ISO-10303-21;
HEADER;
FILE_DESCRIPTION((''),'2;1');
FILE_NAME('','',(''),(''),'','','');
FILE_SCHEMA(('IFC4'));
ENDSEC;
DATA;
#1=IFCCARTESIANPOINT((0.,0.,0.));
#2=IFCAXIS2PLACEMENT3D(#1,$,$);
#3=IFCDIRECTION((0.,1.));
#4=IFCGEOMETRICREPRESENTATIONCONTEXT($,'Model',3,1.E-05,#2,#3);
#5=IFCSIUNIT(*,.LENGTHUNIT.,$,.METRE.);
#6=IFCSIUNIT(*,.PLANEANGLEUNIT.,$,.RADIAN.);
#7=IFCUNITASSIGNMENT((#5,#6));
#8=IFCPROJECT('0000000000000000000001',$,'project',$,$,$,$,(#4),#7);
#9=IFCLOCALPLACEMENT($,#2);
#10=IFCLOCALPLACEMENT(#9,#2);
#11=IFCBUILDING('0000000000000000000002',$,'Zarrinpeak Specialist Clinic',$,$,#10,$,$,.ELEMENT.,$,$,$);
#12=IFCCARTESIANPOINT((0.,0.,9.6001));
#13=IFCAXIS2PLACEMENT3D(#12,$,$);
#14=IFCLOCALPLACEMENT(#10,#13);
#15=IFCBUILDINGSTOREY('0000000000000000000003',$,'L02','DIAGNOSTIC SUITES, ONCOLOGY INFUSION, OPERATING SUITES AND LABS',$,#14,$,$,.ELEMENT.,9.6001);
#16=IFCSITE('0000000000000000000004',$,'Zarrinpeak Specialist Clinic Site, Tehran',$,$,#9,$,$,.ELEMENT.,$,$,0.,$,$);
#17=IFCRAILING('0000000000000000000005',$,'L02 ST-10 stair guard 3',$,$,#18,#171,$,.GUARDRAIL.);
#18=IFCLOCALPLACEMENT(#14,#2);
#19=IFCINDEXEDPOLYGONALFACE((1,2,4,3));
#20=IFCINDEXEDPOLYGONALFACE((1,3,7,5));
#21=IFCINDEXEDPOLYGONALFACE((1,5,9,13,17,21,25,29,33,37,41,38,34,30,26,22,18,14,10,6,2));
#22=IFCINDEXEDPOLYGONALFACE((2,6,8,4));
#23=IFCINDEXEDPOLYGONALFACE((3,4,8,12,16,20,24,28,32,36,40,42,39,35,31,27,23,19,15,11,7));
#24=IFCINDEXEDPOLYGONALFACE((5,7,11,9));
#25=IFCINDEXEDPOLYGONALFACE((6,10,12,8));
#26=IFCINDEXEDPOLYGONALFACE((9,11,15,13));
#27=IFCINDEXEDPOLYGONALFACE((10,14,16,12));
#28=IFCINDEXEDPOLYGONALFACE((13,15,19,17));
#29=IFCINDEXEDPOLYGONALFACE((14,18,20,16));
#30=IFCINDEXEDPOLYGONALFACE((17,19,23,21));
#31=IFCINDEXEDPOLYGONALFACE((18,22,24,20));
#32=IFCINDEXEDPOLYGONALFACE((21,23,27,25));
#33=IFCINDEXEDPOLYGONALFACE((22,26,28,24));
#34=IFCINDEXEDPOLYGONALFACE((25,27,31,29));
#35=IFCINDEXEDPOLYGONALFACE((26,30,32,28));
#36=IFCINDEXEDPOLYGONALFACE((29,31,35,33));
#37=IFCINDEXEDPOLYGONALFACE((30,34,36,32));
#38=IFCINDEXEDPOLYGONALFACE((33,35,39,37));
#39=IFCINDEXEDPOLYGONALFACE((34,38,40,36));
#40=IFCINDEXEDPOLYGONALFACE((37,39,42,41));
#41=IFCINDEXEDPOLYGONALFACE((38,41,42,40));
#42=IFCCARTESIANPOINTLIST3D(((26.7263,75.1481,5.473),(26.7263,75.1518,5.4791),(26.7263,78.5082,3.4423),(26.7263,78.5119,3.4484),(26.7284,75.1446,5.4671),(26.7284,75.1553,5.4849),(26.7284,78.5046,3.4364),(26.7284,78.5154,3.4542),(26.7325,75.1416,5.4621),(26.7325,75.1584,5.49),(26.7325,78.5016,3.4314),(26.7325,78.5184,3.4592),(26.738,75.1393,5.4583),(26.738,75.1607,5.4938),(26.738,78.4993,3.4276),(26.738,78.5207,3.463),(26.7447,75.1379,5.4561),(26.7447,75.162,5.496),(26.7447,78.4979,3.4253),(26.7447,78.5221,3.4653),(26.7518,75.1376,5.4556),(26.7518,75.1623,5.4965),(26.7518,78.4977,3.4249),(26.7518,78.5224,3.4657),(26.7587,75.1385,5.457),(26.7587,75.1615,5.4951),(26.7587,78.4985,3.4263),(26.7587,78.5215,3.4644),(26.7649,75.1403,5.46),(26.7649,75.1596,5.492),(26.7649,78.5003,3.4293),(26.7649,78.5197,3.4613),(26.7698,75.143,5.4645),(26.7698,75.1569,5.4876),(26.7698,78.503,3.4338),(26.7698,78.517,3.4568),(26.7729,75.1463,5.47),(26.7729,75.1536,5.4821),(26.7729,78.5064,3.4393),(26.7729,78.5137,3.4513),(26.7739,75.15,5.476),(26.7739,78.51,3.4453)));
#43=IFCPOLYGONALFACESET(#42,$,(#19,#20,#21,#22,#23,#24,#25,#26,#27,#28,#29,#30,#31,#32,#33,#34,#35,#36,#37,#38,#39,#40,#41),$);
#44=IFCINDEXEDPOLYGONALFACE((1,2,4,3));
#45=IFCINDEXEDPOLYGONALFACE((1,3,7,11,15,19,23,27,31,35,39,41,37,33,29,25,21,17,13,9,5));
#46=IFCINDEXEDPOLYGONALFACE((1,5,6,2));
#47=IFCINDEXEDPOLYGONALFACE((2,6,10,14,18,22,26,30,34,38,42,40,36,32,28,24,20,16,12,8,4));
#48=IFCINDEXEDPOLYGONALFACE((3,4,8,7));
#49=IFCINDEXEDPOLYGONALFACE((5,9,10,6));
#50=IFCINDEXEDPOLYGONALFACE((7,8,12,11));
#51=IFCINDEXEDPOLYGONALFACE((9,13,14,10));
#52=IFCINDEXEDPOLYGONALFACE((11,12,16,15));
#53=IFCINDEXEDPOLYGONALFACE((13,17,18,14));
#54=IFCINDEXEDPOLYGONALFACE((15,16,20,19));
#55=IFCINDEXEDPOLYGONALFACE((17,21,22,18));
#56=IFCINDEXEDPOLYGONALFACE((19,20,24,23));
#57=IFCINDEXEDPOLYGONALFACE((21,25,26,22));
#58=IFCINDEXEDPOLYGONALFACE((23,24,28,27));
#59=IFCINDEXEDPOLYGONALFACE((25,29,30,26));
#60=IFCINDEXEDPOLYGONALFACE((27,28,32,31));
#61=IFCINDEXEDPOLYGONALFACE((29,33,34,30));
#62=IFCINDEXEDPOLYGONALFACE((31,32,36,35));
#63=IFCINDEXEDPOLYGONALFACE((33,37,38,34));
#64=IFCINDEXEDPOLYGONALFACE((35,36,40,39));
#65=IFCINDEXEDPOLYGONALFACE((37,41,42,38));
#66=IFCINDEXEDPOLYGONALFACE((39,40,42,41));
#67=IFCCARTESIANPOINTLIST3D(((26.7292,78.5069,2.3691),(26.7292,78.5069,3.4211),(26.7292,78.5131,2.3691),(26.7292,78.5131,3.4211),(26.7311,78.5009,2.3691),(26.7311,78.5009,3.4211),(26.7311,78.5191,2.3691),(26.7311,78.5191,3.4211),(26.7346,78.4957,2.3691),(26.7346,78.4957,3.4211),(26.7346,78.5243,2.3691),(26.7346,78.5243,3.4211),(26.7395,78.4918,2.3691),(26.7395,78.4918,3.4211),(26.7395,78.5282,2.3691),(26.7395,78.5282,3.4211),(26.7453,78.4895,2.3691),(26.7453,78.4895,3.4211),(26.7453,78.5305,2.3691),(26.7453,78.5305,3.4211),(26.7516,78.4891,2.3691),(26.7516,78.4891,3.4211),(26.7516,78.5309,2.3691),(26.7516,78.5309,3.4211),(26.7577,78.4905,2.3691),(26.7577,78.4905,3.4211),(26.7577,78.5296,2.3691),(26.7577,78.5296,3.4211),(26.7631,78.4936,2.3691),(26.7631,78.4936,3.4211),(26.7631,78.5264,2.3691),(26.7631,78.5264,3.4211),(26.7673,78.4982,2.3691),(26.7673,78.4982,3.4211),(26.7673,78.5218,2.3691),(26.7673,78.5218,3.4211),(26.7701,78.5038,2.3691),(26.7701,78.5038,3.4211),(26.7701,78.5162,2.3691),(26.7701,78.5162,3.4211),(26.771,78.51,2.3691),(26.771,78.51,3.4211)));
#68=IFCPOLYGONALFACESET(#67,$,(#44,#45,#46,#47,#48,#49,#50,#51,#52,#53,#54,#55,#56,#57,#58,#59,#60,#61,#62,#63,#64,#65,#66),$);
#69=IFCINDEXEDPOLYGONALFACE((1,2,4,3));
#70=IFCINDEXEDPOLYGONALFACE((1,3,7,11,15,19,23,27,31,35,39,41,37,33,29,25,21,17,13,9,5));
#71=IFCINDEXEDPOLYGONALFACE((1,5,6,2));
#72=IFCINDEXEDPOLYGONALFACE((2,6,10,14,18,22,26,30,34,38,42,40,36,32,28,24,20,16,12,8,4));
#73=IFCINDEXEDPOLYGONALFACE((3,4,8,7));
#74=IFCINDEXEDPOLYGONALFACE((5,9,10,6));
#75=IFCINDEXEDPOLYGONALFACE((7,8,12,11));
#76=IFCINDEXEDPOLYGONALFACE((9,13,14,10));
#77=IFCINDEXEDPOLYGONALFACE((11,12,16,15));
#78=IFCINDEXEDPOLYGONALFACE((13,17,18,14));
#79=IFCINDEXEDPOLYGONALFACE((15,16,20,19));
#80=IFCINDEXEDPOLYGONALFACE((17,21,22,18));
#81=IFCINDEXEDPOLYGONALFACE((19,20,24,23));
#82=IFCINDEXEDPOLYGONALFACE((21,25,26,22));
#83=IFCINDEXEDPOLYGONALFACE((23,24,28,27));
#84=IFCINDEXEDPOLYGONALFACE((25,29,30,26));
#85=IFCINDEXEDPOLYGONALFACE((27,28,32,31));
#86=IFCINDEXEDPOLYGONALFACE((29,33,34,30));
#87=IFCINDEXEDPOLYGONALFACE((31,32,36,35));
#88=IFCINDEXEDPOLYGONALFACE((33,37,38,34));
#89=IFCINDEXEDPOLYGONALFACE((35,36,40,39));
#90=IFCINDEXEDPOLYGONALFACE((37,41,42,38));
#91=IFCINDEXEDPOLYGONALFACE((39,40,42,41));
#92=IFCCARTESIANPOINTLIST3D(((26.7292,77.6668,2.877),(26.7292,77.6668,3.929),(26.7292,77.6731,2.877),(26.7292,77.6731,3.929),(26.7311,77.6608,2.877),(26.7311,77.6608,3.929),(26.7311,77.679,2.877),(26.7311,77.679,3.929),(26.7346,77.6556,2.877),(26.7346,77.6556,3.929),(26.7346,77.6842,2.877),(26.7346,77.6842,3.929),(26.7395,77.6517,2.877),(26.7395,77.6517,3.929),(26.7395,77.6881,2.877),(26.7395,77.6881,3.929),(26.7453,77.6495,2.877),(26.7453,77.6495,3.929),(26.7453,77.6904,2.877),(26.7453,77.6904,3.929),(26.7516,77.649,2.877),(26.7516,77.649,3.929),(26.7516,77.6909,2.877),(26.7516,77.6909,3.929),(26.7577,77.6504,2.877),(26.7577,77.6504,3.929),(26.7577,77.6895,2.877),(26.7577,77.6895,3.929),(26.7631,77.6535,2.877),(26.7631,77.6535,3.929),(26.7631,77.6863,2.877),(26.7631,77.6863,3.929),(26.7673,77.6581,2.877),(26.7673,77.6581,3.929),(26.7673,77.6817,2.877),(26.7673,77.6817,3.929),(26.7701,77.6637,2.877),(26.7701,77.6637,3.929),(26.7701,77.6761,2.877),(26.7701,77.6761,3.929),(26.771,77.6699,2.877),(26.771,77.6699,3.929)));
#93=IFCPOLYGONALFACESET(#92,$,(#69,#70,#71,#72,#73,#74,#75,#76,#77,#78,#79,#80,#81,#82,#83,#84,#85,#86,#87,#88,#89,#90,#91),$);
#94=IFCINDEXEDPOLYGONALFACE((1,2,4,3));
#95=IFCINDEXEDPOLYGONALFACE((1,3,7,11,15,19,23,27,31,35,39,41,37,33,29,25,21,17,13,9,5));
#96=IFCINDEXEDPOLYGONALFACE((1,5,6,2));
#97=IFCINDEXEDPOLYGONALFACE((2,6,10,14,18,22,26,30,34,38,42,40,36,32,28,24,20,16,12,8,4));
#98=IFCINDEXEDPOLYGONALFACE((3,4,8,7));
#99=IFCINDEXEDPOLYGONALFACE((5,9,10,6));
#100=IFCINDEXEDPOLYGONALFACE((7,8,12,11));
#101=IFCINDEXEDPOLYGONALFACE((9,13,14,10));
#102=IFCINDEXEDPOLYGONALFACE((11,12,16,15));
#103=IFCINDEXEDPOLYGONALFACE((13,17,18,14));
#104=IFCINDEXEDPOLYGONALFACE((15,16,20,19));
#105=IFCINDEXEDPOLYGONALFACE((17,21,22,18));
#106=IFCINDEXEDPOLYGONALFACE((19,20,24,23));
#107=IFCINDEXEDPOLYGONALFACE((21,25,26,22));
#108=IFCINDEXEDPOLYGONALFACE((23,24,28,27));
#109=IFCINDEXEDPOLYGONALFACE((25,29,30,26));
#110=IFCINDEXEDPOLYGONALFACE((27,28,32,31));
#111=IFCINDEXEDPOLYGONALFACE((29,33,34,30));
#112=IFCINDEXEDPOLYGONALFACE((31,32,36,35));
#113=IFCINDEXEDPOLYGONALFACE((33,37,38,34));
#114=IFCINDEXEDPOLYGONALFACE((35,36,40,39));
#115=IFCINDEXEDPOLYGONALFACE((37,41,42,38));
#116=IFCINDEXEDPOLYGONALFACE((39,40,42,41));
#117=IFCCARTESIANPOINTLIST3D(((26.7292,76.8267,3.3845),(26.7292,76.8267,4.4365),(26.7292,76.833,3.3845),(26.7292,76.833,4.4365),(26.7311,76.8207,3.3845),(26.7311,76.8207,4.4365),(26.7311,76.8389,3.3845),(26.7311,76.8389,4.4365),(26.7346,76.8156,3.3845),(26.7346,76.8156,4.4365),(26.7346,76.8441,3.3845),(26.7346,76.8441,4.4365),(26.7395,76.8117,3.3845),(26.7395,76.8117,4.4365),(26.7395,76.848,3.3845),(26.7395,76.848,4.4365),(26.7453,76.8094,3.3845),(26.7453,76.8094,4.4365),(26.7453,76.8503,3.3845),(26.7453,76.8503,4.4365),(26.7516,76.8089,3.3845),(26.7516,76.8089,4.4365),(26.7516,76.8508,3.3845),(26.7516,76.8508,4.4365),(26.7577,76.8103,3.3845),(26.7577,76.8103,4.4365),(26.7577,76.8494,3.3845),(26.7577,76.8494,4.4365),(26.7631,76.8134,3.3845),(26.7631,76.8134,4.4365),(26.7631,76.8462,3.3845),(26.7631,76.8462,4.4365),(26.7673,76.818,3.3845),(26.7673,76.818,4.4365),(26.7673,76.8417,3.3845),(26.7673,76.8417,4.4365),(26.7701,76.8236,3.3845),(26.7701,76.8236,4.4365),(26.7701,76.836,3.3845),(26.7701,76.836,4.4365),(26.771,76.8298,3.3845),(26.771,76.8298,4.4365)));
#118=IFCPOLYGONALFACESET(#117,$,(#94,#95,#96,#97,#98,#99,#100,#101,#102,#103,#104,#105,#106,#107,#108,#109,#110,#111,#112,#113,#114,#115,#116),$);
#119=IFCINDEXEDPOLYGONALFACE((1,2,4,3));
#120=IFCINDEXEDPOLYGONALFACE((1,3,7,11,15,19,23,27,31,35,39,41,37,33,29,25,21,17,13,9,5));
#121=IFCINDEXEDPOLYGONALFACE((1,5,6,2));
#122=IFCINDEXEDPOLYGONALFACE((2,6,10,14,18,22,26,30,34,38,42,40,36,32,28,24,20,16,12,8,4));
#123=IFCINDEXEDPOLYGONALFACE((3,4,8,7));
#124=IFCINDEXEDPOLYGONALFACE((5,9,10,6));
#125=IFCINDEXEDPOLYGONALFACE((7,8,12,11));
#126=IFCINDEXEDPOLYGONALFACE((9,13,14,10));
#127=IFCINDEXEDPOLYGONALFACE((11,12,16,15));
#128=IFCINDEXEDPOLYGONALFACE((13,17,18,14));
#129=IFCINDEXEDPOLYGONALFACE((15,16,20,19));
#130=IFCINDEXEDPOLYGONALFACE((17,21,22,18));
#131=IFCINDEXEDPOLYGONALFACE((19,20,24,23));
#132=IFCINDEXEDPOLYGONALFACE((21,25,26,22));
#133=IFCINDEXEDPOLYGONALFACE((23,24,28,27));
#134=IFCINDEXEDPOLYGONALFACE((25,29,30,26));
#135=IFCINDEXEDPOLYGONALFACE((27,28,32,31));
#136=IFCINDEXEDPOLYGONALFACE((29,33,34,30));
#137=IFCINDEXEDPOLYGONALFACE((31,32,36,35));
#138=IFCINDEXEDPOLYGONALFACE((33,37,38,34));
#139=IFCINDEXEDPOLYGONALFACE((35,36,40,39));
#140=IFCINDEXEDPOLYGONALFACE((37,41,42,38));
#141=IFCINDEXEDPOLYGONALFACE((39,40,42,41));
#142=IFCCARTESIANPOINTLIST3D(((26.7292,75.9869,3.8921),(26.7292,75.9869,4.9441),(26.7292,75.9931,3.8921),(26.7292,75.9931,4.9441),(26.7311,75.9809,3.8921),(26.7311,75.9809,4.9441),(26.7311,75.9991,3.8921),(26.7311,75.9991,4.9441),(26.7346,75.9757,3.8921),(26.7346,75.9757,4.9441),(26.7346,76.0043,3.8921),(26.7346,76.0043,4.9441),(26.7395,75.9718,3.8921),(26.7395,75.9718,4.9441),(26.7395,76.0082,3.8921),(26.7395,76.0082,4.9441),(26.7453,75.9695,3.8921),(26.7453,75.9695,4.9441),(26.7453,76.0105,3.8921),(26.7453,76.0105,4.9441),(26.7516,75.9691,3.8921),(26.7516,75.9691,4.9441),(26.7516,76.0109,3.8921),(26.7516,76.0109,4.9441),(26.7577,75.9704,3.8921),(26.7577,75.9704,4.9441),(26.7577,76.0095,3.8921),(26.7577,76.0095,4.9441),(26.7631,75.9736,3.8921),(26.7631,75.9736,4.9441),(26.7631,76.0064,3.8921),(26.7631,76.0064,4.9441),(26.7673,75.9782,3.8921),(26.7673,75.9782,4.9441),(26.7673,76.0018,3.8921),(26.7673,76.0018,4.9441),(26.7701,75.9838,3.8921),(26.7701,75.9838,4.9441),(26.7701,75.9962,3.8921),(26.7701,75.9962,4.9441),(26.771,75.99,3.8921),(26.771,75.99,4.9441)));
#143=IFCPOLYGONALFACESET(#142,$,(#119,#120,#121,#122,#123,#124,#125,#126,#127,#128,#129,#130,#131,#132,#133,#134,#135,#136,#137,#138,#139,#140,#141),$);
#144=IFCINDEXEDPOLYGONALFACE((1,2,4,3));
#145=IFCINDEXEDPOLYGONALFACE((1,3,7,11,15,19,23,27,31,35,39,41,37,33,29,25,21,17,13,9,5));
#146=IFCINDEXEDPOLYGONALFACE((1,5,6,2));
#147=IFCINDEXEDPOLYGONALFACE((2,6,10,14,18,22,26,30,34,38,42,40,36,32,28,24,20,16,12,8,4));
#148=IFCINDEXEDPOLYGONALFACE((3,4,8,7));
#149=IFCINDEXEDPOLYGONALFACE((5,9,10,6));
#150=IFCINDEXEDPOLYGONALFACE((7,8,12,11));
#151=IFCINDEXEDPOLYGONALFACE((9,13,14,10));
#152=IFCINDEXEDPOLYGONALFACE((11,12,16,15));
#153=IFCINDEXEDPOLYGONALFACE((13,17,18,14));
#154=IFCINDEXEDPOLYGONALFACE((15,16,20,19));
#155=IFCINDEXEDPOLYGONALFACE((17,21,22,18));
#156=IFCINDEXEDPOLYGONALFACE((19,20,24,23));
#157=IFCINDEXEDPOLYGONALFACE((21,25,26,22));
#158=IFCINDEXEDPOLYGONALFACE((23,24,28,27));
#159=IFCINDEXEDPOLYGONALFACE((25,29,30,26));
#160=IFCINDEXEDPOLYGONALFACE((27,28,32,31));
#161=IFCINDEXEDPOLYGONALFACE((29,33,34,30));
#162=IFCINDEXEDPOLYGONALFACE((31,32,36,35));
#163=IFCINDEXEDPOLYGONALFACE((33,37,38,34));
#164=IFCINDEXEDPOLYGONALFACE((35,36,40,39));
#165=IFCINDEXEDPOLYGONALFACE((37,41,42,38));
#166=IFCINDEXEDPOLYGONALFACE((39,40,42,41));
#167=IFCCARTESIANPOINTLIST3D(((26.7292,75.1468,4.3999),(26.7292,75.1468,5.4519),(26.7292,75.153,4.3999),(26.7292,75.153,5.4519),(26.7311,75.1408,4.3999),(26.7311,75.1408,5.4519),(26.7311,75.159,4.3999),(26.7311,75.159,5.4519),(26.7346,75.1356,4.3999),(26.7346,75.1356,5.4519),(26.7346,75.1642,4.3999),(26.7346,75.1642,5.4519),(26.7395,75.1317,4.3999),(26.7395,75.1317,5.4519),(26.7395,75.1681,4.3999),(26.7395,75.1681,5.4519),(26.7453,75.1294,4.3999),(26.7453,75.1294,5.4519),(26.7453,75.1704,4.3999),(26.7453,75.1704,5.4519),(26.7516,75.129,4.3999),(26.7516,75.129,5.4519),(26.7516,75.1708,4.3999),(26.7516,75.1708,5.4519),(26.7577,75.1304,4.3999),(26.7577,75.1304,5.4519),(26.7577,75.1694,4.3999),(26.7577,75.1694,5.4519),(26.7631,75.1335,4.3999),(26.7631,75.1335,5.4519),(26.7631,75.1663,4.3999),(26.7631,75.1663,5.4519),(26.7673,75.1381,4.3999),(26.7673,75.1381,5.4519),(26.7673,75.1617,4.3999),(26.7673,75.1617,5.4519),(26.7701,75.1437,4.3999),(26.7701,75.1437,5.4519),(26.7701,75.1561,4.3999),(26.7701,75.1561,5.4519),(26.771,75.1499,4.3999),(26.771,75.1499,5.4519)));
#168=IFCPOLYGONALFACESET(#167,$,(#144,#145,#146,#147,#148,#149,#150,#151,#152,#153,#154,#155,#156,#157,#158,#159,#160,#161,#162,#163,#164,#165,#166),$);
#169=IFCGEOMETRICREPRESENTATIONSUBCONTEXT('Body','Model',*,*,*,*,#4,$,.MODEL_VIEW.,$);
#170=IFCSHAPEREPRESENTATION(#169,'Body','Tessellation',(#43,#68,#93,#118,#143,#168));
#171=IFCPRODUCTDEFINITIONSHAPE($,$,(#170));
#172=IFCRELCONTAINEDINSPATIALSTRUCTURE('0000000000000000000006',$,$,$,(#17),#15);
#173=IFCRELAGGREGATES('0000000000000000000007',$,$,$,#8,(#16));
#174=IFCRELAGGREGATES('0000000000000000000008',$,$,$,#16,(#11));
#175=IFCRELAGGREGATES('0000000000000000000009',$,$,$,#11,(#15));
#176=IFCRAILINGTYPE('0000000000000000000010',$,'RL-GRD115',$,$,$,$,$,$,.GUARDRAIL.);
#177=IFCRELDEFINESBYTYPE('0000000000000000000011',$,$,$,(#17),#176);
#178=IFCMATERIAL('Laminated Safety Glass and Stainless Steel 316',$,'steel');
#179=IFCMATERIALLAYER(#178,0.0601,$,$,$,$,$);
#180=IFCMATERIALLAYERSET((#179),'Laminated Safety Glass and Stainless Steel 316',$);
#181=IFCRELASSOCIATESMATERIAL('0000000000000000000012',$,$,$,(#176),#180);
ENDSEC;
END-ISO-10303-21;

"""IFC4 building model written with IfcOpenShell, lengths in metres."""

from ifc_helpers import new_model, si_unit, direction, frame, origin, origin_2d, place, context, subcontext, project, spatial, circle, extrude, material, layer, layer_set, type_object, element, save


model = new_model("IFC4")

# Units and contexts
model_context = context("Model", 3, precision=1e-05, world=origin(), true_north=direction((0.0, 1.0)))
body_context = subcontext(model_context, "Body", "Model", "MODEL_VIEW")
ifc_project = project(units=[si_unit("LENGTHUNIT", "METRE"), si_unit("PLANEANGLEUNIT", "RADIAN")], contexts=[model_context])

# Site, building, storey
site_placement = place(None, origin())
site = spatial("IfcSite", under=ifc_project, at=site_placement, Name="Zarrinpeak Specialist Clinic Site, Tehran", CompositionType="ELEMENT", RefElevation=0.0)
building_placement = place(site_placement, origin())
building = spatial("IfcBuilding", under=site, at=building_placement, Name="Zarrinpeak Specialist Clinic", CompositionType="ELEMENT")
storey_placement = place(building_placement, frame((0.0, 0.0, 9.6001)))
storey = spatial("IfcBuildingStorey", under=building, at=storey_placement, Name="L02", Description="DIAGNOSTIC SUITES, ONCOLOGY INFUSION, OPERATING SUITES AND LABS", CompositionType="ELEMENT", Elevation=9.6001)

# Railing
ifc_material_1 = material(Name="Laminated Safety Glass and Stainless Steel 316", Category="steel")
ifc_layer_1 = layer(ifc_material_1, 0.0601)
ifc_layer_set_1 = layer_set([ifc_layer_1], Name="Laminated Safety Glass and Stainless Steel 316")
railing_type_1 = type_object("IfcRailingType", Name="RL-GRD115", PredefinedType="GUARDRAIL", material=ifc_layer_set_1)
railing_1_placement = place(storey_placement, frame((26.75, 78.51, 2.3691)))
element("IfcRailing", 1, at=railing_1_placement, inside=storey, type_object=railing_type_1, Name="L02 ST-10 stair guard 3", PredefinedType="GUARDRAIL", context=body_context, shape_type="SweptSolid", body=[
    extrude(circle(Radius=0.0239, at=origin_2d()), frame((0.0, 0.0, 1.0762), z_axis=(0.0, -0.855837, 0.517246), x_axis=(1.0, 0.0, 0.0)), (0.0, 0.0, 1.0), 3.926),
    extrude(circle(Radius=0.021, at=origin_2d()), origin(), (0.0, 0.0, 1.0), 1.052),
    extrude(circle(Radius=0.021, at=origin_2d()), frame((0.0, -0.8401, 0.5078)), (0.0, 0.0, 1.0), 1.052),
    extrude(circle(Radius=0.021, at=origin_2d()), frame((0.0, -1.6802, 1.0154)), (0.0, 0.0, 1.0), 1.052),
    extrude(circle(Radius=0.021, at=origin_2d()), frame((0.0, -2.52, 1.5229)), (0.0, 0.0, 1.0), 1.052),
    extrude(circle(Radius=0.021, at=origin_2d()), frame((0.0, -3.3601, 2.0308)), (0.0, 0.0, 1.0), 1.052),
])

save(model, "model.ifc")
